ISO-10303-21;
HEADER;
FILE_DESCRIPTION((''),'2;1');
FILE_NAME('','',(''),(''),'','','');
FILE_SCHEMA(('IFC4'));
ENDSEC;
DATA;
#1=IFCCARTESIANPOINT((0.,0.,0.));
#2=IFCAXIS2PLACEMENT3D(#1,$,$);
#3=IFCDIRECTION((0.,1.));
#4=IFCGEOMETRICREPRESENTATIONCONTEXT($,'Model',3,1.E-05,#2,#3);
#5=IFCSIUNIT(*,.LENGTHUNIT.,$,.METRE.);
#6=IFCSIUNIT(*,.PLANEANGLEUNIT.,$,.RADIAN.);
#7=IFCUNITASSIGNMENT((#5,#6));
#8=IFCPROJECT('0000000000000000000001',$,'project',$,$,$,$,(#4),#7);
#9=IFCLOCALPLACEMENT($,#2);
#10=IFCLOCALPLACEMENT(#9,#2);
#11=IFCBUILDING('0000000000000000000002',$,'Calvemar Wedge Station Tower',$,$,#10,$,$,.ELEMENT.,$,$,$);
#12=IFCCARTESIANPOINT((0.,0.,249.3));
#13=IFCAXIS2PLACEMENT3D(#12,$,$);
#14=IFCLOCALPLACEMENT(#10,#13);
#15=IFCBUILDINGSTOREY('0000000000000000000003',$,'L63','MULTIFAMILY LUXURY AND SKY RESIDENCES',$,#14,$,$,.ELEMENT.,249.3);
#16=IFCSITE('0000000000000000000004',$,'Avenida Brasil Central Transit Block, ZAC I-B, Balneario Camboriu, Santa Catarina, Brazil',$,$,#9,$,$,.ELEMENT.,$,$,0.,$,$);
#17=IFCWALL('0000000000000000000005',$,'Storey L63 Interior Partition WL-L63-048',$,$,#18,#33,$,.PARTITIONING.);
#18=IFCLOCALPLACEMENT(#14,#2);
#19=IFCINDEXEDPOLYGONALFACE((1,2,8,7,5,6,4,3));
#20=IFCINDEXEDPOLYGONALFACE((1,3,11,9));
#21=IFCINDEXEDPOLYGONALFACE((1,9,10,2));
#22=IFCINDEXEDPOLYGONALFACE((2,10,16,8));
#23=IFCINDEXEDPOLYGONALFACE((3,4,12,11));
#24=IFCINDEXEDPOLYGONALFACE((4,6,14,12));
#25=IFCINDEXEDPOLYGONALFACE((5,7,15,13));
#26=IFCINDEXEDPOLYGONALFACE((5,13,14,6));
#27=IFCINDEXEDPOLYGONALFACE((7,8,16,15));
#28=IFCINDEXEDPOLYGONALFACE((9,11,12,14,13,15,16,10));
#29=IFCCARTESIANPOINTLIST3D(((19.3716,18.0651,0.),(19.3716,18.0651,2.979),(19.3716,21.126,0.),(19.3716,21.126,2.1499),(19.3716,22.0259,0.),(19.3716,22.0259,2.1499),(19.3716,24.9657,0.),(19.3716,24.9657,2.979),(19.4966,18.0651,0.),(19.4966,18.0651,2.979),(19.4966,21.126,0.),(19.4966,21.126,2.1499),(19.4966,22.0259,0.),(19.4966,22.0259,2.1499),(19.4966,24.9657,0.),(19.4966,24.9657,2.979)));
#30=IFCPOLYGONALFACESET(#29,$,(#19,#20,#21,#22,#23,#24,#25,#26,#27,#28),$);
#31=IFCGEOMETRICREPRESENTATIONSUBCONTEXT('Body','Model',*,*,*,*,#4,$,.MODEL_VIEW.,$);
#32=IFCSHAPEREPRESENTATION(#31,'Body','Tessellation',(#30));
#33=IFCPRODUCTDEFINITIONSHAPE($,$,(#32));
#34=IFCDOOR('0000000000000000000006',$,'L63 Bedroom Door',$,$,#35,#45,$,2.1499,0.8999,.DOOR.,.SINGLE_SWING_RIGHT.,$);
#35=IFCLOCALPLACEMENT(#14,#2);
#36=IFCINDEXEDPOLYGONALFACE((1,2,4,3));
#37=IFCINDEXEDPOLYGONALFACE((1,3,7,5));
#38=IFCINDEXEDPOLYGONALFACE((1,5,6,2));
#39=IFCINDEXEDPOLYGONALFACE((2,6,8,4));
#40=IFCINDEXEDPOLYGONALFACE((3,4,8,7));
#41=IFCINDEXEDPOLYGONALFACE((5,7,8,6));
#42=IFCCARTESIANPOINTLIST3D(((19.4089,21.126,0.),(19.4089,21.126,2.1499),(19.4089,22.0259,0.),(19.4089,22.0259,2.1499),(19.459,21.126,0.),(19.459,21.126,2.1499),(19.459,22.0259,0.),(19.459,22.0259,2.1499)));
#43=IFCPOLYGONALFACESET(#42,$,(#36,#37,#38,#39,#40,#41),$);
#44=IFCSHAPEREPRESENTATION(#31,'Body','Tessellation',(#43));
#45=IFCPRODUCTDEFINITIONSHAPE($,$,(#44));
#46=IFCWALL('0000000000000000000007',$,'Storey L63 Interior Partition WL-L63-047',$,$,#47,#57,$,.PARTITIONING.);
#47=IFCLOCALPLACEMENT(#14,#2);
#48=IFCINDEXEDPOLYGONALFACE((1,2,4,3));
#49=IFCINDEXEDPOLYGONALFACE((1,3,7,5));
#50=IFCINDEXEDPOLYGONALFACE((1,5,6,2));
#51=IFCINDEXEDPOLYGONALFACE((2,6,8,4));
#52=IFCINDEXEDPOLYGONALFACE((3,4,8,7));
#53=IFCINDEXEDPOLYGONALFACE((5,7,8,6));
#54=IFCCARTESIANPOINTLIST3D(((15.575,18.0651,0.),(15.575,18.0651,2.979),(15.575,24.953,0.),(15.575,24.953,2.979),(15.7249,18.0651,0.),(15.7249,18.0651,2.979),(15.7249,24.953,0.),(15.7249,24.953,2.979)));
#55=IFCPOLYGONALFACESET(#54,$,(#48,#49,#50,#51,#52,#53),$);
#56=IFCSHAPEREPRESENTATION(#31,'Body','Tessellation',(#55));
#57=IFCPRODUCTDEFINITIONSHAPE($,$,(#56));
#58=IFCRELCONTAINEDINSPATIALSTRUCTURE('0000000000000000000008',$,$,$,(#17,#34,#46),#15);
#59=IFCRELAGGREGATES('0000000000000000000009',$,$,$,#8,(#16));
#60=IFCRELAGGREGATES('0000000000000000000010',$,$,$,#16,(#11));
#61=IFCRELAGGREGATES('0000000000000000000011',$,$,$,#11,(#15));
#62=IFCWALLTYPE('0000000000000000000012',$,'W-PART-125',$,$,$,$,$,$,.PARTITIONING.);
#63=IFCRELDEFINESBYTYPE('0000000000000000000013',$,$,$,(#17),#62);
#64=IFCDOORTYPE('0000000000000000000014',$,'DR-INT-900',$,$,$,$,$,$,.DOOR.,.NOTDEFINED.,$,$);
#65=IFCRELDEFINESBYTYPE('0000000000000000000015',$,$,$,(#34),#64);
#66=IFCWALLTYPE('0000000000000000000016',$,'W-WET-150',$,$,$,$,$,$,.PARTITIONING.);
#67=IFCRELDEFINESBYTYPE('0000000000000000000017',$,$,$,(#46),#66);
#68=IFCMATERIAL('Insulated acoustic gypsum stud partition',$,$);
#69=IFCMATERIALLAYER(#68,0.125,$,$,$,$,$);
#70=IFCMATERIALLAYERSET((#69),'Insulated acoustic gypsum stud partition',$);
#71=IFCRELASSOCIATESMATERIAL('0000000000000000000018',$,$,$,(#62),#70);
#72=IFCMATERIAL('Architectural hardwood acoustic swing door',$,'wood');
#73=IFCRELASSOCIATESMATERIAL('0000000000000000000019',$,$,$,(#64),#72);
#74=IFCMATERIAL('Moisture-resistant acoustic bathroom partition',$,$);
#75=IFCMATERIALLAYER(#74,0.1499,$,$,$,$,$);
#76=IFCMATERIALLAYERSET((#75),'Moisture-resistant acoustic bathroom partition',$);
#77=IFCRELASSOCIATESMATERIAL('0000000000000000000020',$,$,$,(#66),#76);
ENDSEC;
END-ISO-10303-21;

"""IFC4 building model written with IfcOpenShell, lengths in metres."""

from ifc_helpers import new_model, si_unit, direction, frame, frame_2d, origin, place, context, subcontext, project, spatial, rectangle, extrude, source, transform, mapped, material, layer, layer_set, type_object, element, fill, save


model = new_model("IFC4")

# Units and contexts
model_context = context("Model", 3, precision=1e-05, world=origin(), true_north=direction((0.0, 1.0)))
body_context = subcontext(model_context, "Body", "Model", "MODEL_VIEW")
ifc_project = project(units=[si_unit("LENGTHUNIT", "METRE"), si_unit("PLANEANGLEUNIT", "RADIAN")], contexts=[model_context])

# Site, building, storey
site_placement = place(None, origin())
site = spatial("IfcSite", under=ifc_project, at=site_placement, Name="Avenida Brasil Central Transit Block, ZAC I-B, Balneario Camboriu, Santa Catarina, Brazil", CompositionType="ELEMENT", RefElevation=0.0)
building_placement = place(site_placement, origin())
building = spatial("IfcBuilding", under=site, at=building_placement, Name="Calvemar Wedge Station Tower", CompositionType="ELEMENT")
storey_placement = place(building_placement, frame((0.0, 0.0, 249.3)))
storey = spatial("IfcBuildingStorey", under=building, at=storey_placement, Name="L63", Description="MULTIFAMILY LUXURY AND SKY RESIDENCES", CompositionType="ELEMENT", Elevation=249.3)

# Shared definitions
ifc_material_1 = material(Name="Insulated acoustic gypsum stud partition")
ifc_layer_1 = layer(ifc_material_1, 0.125)
ifc_layer_set_1 = layer_set([ifc_layer_1], Name="Insulated acoustic gypsum stud partition")
wall_type_1 = type_object("IfcWallType", Name="W-PART-125", PredefinedType="PARTITIONING", material=ifc_layer_set_1)
shared_shape_1 = source(origin(), body_context, "Body", "SweptSolid", [
    extrude(rectangle(XDim=0.8999, YDim=2.1499, at=frame_2d((0.45, 1.075))), frame((0.0, 0.0725, 0.0), z_axis=(0.0, -1.0, 0.0), x_axis=(1.0, 0.0, 0.0)), (0.0, 0.0, 1.0), 0.145),
])
ifc_material_2 = material(Name="Architectural hardwood acoustic swing door", Category="wood")
door_type_1 = type_object("IfcDoorType", Name="DR-INT-900", OperationType="NOTDEFINED", PredefinedType="DOOR", material=ifc_material_2)
shared_shape_2 = source(origin(), body_context, "Body", "SweptSolid", [
    extrude(rectangle(XDim=0.8999, YDim=2.1499, at=frame_2d((0.45, 1.075))), frame((0.0, 0.0249, 0.0), z_axis=(0.0, -1.0, 0.0), x_axis=(1.0, 0.0, 0.0)), (0.0, 0.0, 1.0), 0.05),
])

# Wall, opening, door
wall_1_placement = place(storey_placement, frame((19.4341, 24.9656, 0.0), z_axis=(0.0, 0.0, 1.0), x_axis=(0.0, -1.0, 0.0)))
wall_1 = element("IfcWall", 1, at=wall_1_placement, inside=storey, type_object=wall_type_1, Name="Storey L63 Interior Partition WL-L63-048", PredefinedType="PARTITIONING", context=body_context, shape_type="SweptSolid", body=[
    extrude(rectangle(XDim=6.9006, YDim=0.125, at=frame_2d((3.4502, 0.0))), origin(), (0.0, 0.0, 1.0), 2.979),
])
opening_1_placement = place(wall_1_placement, frame((2.9397, 0.0, 0.0)))
opening_1 = element("IfcOpeningElement", 2, at=opening_1_placement, cuts=wall_1, PredefinedType="OPENING", context=body_context, shape_type="MappedRepresentation", body=[
    mapped(shared_shape_1, transform((0.0, 0.0, 0.0), scale=1.0)),
])
door_1_placement = place(opening_1_placement, origin())
door_1 = element("IfcDoor", 3, at=door_1_placement, inside=storey, type_object=door_type_1, Name="L63 Bedroom Door", OperationType="SINGLE_SWING_RIGHT", OverallHeight=2.1499, OverallWidth=0.8999, PredefinedType="DOOR", context=body_context, shape_type="MappedRepresentation", body=[
    mapped(shared_shape_2, transform((0.0, 0.0, 0.0), scale=1.0)),
])
fill(opening_1, door_1)
ifc_material_3 = material(Name="Moisture-resistant acoustic bathroom partition")
ifc_layer_2 = layer(ifc_material_3, 0.1499)
ifc_layer_set_2 = layer_set([ifc_layer_2], Name="Moisture-resistant acoustic bathroom partition")
wall_type_2 = type_object("IfcWallType", Name="W-WET-150", PredefinedType="PARTITIONING", material=ifc_layer_set_2)

# Wall
wall_2_placement = place(storey_placement, frame((15.6499, 24.9529, 0.0), z_axis=(0.0, 0.0, 1.0), x_axis=(0.0, -1.0, 0.0)))
element("IfcWall", 4, at=wall_2_placement, inside=storey, type_object=wall_type_2, Name="Storey L63 Interior Partition WL-L63-047", PredefinedType="PARTITIONING", context=body_context, shape_type="SweptSolid", body=[
    extrude(rectangle(XDim=6.8879, YDim=0.1499, at=frame_2d((3.4438, 0.0))), origin(), (0.0, 0.0, 1.0), 2.979),
])

save(model, "model.ifc")
